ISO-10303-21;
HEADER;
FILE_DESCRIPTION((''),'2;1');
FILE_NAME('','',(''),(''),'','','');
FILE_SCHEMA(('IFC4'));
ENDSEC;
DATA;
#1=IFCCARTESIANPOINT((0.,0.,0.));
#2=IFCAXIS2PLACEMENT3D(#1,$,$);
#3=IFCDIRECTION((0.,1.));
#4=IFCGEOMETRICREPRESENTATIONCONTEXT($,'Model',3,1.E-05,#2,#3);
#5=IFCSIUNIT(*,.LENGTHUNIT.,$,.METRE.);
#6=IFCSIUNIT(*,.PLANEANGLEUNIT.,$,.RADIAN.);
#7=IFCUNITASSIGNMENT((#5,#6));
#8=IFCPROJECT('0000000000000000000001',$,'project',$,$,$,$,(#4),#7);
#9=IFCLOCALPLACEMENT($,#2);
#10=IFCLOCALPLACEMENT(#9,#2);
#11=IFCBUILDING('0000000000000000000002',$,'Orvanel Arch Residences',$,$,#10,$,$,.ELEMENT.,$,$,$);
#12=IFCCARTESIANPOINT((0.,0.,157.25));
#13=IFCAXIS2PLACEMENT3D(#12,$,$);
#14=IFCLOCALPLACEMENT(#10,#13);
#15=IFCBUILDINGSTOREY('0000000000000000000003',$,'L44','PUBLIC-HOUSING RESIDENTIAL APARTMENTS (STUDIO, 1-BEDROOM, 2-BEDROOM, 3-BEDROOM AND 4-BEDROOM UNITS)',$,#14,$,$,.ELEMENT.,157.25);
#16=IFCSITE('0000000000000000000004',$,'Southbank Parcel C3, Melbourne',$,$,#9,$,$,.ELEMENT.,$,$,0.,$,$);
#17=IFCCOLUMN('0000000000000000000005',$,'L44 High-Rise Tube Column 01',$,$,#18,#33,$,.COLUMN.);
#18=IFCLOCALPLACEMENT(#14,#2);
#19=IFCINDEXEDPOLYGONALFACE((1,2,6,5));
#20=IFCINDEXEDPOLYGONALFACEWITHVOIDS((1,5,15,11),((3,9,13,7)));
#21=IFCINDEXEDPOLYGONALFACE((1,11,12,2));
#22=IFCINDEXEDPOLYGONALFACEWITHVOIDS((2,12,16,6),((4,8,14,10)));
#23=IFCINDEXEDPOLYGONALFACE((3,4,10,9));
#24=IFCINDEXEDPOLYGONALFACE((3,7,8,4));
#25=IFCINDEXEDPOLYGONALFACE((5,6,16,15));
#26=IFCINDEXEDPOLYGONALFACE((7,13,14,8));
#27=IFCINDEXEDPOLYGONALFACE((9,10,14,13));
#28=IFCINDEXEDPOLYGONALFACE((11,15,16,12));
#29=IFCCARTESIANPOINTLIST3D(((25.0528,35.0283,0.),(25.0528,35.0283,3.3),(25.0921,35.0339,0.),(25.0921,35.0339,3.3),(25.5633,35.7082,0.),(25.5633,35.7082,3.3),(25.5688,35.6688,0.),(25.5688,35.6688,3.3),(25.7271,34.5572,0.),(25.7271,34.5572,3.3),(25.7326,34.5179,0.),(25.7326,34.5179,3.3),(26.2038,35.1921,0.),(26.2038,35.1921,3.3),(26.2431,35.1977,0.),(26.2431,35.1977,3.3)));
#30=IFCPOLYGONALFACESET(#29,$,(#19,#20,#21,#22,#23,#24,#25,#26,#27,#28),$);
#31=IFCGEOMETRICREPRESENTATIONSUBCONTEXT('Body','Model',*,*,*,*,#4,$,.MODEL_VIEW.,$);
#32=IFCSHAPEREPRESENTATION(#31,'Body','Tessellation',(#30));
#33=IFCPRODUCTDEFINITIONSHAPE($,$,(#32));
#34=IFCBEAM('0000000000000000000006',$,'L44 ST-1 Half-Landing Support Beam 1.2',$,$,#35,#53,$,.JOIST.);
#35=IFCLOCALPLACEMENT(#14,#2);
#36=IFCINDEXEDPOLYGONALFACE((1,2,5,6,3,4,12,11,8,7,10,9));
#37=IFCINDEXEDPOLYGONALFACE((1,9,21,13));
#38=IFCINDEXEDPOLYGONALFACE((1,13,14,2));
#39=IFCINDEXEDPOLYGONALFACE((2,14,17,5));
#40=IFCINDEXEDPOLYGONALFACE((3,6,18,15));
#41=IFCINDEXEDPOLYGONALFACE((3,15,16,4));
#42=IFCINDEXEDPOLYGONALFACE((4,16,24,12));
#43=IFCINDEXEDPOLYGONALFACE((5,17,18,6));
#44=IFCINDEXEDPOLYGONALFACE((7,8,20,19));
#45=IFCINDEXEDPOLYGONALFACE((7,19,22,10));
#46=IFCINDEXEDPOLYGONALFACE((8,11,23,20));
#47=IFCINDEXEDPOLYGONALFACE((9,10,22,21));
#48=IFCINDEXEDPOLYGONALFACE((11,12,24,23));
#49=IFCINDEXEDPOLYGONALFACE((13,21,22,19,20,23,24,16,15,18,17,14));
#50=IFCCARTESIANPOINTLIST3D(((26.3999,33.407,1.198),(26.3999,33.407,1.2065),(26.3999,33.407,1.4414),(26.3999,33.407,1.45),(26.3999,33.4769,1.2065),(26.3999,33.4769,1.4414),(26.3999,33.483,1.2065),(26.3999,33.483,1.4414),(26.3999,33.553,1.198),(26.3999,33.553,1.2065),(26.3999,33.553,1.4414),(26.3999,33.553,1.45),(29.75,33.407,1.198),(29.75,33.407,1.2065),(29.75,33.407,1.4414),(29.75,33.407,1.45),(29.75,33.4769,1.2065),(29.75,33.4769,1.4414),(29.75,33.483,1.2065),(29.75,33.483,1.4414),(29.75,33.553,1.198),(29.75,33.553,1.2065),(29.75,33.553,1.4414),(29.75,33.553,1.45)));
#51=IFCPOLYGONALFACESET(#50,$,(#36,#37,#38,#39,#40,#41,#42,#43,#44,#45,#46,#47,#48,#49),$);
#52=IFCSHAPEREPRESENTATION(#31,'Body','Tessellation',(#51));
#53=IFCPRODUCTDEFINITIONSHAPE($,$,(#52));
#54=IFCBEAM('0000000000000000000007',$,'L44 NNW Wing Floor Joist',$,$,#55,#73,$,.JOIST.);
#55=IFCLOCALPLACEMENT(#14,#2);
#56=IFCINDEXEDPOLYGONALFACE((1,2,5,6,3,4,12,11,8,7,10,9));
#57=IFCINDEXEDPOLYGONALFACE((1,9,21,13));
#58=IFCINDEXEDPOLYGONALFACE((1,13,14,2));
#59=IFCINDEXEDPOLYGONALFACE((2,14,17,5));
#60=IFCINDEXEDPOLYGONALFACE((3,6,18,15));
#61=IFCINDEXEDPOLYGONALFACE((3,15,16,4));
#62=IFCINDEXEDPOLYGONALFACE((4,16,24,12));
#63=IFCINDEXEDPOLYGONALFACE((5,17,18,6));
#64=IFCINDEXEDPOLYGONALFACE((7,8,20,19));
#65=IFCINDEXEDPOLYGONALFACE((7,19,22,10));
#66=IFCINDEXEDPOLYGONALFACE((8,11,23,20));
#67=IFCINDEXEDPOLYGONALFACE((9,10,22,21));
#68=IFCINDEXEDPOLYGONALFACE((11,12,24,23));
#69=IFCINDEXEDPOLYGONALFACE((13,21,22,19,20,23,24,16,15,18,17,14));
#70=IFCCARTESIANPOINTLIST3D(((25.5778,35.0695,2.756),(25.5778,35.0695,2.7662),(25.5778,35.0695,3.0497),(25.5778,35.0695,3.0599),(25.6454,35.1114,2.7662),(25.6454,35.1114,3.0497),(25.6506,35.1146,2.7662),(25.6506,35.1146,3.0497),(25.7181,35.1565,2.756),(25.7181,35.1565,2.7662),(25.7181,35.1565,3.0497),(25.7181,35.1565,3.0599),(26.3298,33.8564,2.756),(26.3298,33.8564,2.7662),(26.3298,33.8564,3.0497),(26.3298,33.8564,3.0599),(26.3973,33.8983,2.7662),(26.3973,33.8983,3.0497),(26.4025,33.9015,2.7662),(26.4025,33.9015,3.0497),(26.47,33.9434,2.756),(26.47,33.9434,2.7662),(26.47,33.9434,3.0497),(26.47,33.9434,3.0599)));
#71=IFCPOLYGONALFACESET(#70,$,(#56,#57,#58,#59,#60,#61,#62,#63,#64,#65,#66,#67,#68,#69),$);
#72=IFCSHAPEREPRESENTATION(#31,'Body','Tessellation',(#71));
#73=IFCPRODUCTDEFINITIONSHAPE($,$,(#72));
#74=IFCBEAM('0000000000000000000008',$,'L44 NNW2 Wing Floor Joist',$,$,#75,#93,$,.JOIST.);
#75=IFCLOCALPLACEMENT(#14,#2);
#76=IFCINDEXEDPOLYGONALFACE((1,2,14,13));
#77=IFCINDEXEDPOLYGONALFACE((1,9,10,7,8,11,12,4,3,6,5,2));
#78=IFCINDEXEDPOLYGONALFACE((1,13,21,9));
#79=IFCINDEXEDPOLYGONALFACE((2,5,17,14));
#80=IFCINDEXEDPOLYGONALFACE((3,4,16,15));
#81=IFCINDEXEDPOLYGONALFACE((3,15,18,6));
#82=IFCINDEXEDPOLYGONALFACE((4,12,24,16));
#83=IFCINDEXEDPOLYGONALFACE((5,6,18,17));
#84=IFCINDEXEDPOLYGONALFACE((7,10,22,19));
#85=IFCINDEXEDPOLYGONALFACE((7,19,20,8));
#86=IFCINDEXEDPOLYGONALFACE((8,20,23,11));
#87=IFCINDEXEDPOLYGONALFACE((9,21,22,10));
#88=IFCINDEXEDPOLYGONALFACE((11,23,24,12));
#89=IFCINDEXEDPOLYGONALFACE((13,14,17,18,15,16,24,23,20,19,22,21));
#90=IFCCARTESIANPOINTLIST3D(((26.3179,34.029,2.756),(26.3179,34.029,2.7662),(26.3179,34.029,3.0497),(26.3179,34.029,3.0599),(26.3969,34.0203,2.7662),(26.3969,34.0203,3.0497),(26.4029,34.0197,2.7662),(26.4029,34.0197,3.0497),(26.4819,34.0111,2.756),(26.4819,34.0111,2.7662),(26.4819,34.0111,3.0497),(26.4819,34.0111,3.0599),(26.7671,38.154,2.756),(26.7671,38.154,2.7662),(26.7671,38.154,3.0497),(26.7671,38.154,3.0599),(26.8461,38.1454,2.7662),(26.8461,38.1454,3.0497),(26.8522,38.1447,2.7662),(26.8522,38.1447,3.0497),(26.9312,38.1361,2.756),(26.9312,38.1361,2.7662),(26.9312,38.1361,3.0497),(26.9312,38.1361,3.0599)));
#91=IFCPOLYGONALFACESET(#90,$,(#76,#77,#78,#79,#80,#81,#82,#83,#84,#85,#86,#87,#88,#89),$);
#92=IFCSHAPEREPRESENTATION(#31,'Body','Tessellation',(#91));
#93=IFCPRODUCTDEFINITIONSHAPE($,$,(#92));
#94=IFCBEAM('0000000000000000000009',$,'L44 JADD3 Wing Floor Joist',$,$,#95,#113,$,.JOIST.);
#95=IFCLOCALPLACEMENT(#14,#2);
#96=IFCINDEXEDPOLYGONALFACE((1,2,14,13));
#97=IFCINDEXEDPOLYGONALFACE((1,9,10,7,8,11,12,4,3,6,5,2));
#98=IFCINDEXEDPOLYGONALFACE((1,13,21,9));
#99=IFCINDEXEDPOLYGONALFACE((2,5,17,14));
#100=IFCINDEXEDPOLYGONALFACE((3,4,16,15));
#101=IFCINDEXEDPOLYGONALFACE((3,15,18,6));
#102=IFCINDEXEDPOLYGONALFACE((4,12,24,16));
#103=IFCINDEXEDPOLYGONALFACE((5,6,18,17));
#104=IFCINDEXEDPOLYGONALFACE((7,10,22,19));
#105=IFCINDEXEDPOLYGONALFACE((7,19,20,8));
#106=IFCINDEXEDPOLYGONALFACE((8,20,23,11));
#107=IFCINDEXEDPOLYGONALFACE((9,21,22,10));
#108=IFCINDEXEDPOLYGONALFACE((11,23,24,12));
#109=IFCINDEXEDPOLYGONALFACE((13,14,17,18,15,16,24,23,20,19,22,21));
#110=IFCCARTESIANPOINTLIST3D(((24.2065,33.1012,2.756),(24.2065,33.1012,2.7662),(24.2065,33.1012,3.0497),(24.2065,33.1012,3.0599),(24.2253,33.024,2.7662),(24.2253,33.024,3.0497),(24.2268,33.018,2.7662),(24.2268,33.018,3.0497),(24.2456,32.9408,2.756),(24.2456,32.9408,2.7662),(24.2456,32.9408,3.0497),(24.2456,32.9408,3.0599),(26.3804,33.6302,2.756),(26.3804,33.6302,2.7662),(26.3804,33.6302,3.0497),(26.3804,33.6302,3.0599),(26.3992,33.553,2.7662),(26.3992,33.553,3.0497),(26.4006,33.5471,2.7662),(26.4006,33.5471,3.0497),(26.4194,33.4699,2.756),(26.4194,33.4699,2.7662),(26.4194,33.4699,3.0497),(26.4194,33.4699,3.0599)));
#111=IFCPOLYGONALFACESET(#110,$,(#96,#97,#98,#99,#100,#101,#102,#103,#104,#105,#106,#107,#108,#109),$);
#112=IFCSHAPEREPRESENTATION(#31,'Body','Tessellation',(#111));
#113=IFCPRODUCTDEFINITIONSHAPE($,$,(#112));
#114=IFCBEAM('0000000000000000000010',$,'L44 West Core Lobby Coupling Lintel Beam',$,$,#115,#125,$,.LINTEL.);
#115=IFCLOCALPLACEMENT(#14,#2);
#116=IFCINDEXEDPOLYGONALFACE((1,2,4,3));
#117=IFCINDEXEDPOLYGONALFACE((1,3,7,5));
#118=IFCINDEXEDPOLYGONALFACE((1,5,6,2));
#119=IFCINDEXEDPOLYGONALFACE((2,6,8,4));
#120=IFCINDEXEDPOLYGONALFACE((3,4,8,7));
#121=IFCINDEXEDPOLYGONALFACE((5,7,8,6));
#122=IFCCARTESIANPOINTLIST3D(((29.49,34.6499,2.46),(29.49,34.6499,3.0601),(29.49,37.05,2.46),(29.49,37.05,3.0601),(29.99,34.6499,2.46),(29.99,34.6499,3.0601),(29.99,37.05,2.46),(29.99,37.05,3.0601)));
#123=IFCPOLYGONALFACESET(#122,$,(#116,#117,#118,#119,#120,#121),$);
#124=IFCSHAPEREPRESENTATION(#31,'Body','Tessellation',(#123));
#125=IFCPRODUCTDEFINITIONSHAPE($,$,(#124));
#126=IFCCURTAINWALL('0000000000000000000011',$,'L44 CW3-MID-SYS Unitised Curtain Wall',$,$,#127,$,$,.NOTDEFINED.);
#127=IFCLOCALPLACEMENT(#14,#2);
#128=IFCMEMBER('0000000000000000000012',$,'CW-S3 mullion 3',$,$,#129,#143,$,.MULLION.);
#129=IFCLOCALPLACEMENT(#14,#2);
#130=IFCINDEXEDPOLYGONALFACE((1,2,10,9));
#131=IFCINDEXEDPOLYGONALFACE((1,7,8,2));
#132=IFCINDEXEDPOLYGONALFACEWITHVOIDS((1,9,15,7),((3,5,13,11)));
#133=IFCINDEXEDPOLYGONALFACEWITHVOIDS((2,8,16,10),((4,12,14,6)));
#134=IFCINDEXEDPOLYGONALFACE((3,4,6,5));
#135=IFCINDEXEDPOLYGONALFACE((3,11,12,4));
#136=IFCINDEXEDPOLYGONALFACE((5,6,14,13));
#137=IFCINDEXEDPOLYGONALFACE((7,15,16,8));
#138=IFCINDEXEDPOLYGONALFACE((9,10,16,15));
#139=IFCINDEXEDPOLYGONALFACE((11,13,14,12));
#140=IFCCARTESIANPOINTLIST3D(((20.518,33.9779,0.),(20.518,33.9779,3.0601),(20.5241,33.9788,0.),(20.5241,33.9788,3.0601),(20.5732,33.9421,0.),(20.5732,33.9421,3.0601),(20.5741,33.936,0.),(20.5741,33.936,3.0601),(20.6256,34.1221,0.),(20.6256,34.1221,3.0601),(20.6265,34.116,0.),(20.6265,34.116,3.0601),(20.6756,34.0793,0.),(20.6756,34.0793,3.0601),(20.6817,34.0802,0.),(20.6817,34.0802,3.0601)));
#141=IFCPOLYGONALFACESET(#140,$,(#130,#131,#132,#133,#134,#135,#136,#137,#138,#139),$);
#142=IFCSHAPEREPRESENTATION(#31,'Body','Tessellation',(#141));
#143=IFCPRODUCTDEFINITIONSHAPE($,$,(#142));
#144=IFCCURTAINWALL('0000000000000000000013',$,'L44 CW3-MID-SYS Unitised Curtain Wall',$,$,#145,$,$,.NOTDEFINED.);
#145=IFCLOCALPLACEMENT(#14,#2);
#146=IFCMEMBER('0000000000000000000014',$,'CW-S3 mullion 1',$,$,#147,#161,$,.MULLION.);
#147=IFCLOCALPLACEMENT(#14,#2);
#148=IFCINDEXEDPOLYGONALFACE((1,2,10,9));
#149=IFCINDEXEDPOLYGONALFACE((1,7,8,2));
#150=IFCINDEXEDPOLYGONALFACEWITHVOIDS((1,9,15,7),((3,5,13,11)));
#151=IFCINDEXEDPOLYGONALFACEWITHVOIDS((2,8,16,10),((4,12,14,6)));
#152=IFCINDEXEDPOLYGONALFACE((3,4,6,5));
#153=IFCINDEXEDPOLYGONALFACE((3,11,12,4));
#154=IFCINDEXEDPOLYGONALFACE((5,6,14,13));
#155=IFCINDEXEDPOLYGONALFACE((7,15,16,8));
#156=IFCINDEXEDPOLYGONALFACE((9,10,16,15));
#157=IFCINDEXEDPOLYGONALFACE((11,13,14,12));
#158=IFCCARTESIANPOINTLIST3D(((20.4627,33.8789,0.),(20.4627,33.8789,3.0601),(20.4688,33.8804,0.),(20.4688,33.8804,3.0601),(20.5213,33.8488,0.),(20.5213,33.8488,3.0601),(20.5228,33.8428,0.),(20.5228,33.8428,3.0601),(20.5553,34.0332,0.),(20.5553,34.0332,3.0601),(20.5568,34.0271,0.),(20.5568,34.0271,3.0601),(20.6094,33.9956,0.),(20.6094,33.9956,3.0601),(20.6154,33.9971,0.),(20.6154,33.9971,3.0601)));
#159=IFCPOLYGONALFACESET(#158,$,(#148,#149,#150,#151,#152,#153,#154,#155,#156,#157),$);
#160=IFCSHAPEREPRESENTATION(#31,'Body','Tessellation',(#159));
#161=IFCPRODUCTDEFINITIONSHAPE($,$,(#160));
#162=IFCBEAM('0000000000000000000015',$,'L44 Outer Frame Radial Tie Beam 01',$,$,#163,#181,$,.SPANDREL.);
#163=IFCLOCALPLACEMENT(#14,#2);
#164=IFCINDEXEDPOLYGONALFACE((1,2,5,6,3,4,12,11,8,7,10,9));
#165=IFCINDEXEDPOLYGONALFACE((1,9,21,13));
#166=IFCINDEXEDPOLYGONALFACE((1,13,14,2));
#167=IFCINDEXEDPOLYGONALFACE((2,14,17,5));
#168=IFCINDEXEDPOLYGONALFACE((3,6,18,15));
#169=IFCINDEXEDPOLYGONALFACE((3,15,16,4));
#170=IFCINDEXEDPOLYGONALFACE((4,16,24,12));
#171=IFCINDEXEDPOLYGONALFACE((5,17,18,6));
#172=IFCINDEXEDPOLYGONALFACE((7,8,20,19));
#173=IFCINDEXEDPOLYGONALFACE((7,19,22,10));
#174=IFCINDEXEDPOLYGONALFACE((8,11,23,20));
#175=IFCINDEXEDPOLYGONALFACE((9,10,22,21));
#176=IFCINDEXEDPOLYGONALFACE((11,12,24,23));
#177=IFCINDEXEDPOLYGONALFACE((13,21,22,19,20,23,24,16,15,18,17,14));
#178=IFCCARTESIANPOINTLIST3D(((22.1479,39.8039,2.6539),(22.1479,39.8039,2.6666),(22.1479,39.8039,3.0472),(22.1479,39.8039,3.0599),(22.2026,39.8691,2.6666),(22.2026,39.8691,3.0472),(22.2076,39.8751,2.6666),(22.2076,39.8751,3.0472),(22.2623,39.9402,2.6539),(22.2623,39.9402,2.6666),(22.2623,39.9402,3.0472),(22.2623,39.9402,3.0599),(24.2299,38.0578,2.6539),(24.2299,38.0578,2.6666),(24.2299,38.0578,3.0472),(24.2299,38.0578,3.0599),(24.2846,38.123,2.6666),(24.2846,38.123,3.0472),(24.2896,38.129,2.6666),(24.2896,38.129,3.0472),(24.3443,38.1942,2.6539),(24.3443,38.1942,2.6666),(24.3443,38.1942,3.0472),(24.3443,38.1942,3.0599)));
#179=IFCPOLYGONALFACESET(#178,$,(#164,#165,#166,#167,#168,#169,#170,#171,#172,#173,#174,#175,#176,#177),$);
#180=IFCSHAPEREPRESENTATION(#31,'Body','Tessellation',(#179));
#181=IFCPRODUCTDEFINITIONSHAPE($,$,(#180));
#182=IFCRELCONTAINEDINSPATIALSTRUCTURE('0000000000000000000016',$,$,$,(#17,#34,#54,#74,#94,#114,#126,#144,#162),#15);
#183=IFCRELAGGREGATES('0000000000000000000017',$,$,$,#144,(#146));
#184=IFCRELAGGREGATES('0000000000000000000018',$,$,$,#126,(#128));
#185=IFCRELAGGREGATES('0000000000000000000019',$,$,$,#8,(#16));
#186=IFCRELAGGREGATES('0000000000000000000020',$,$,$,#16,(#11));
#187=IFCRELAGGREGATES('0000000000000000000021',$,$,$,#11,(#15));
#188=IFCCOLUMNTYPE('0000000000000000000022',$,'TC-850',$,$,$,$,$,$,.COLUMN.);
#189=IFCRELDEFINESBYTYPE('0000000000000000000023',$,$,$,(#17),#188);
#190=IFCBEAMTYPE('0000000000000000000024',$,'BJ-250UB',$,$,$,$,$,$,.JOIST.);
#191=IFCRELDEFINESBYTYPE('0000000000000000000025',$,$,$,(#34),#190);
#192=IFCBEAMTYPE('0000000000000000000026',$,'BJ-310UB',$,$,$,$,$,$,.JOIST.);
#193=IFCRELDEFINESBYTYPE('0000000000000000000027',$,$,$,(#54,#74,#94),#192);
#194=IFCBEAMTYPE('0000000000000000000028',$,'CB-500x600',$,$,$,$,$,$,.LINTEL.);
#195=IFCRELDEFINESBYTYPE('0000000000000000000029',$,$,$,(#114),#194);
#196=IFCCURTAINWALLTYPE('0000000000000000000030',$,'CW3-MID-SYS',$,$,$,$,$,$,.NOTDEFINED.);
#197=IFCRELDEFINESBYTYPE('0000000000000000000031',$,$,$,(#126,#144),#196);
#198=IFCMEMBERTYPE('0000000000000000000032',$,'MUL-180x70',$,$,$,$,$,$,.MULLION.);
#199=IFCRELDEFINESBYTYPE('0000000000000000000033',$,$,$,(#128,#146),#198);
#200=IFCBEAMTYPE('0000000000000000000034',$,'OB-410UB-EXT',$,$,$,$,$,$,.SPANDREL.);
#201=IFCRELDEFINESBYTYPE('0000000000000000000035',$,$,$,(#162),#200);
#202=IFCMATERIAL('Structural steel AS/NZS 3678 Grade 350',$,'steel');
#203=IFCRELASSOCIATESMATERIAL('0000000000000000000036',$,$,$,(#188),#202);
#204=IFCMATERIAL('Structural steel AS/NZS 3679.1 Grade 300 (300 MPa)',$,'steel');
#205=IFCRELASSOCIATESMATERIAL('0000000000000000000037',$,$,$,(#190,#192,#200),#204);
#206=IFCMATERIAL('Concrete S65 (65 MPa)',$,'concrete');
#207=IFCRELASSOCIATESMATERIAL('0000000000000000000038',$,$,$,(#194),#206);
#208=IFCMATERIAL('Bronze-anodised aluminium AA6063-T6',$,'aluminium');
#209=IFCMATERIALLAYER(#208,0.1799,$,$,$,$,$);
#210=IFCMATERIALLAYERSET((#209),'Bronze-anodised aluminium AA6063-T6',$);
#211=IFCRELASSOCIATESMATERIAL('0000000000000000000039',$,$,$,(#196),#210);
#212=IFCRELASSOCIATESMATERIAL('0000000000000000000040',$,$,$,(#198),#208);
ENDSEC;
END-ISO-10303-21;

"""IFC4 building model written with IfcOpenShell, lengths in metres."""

from ifc_helpers import new_model, si_unit, direction, frame, origin, origin_2d, place, context, subcontext, project, spatial, rectangle, hollow_rectangle, i_section, extrude, material, layer, layer_set, material_profile, profile_set, type_object, element, aggregate, save


model = new_model("IFC4")

# Units and contexts
model_context = context("Model", 3, precision=1e-05, world=origin(), true_north=direction((0.0, 1.0)))
body_context = subcontext(model_context, "Body", "Model", "MODEL_VIEW")
ifc_project = project(units=[si_unit("LENGTHUNIT", "METRE"), si_unit("PLANEANGLEUNIT", "RADIAN")], contexts=[model_context])

# Site, building, storey
site_placement = place(None, origin())
site = spatial("IfcSite", under=ifc_project, at=site_placement, Name="Southbank Parcel C3, Melbourne", CompositionType="ELEMENT", RefElevation=0.0)
building_placement = place(site_placement, origin())
building = spatial("IfcBuilding", under=site, at=building_placement, Name="Orvanel Arch Residences", CompositionType="ELEMENT")
storey_placement = place(building_placement, frame((0.0, 0.0, 157.25)))
storey = spatial("IfcBuildingStorey", under=building, at=storey_placement, Name="L44", Description="PUBLIC-HOUSING RESIDENTIAL APARTMENTS (STUDIO, 1-BEDROOM, 2-BEDROOM, 3-BEDROOM AND 4-BEDROOM UNITS)", CompositionType="ELEMENT", Elevation=157.25)

# Column
ifc_material_1 = material(Name="Structural steel AS/NZS 3678 Grade 350", Category="steel")
ifc_material_profile_1 = material_profile(ifc_material_1, hollow_rectangle(XDim=0.8501, YDim=0.8501, WallThickness=0.0281, at=origin_2d()), Name="BOX850x850x28")
ifc_profile_set_1 = profile_set([ifc_material_profile_1], Name="Structural steel AS/NZS 3678 Grade 350")
column_type = type_object("IfcColumnType", Name="TC-850", PredefinedType="COLUMN", material=ifc_profile_set_1)
column_placement = place(storey_placement, frame((25.6479, 35.113, 0.0), z_axis=(0.0, 0.0, 1.0), x_axis=(0.60042, 0.799685, 0.0)))
element("IfcColumn", 1, at=column_placement, inside=storey, type_object=column_type, Name="L44 High-Rise Tube Column 01", PredefinedType="COLUMN", context=body_context, shape_type="SweptSolid", body=[
    extrude(hollow_rectangle(XDim=0.8501, YDim=0.8501, WallThickness=0.0281, at=origin_2d()), origin(), (0.0, 0.0, 1.0), 3.3),
])

# Beams
ifc_material_2 = material(Name="Structural steel AS/NZS 3679.1 Grade 300 (300 MPa)", Category="steel")
ifc_material_profile_2 = material_profile(ifc_material_2, i_section(OverallWidth=0.146, OverallDepth=0.252, WebThickness=0.0061, FlangeThickness=0.0085, at=origin_2d()), Name="250UB31.4")
ifc_profile_set_2 = profile_set([ifc_material_profile_2], Name="Structural steel AS/NZS 3679.1 Grade 300 (300 MPa)")
beam_type_1 = type_object("IfcBeamType", Name="BJ-250UB", PredefinedType="JOIST", material=ifc_profile_set_2)
beam_1_placement = place(storey_placement, frame((26.3999, 33.48, 1.324), z_axis=(1.0, 0.0, 0.0), x_axis=(0.0, 1.0, 0.0)))
element("IfcBeam", 2, at=beam_1_placement, inside=storey, type_object=beam_type_1, Name="L44 ST-1 Half-Landing Support Beam 1.2", PredefinedType="JOIST", context=body_context, shape_type="SweptSolid", body=[
    extrude(i_section(OverallWidth=0.146, OverallDepth=0.252, WebThickness=0.0061, FlangeThickness=0.0085, at=origin_2d()), origin(), (0.0, 0.0, 1.0), 3.3501),
])
ifc_material_profile_3 = material_profile(ifc_material_2, i_section(OverallWidth=0.165, OverallDepth=0.304, WebThickness=0.0061, FlangeThickness=0.0103, at=origin_2d()), Name="310UB40.4")
ifc_profile_set_3 = profile_set([ifc_material_profile_3], Name="Structural steel AS/NZS 3679.1 Grade 300 (300 MPa)")
beam_type_2 = type_object("IfcBeamType", Name="BJ-310UB", PredefinedType="JOIST", material=ifc_profile_set_3)
beam_2_placement = place(storey_placement, frame((26.3999, 33.8999, 2.908), z_axis=(-0.526843, 0.849962, 0.0), x_axis=(-0.849962, -0.526843, 0.0)))
element("IfcBeam", 3, at=beam_2_placement, inside=storey, type_object=beam_type_2, Name="L44 NNW Wing Floor Joist", PredefinedType="JOIST", context=body_context, shape_type="SweptSolid", body=[
    extrude(i_section(OverallWidth=0.165, OverallDepth=0.304, WebThickness=0.0061, FlangeThickness=0.0103, at=origin_2d()), origin(), (0.0, 0.0, 1.0), 1.4272),
])
beam_3_placement = place(storey_placement, frame((26.3999, 34.02, 2.908), z_axis=(0.108261, 0.994122, 0.0), x_axis=(-0.994122, 0.108261, 0.0)))
element("IfcBeam", 4, at=beam_3_placement, inside=storey, type_object=beam_type_2, Name="L44 NNW2 Wing Floor Joist", PredefinedType="JOIST", context=body_context, shape_type="SweptSolid", body=[
    extrude(i_section(OverallWidth=0.165, OverallDepth=0.304, WebThickness=0.0061, FlangeThickness=0.0103, at=origin_2d()), origin(), (0.0, 0.0, 1.0), 4.1494),
])
beam_4_placement = place(storey_placement, frame((26.3999, 33.55, 2.908), z_axis=(-0.971638, -0.236471, 0.0), x_axis=(0.236471, -0.971638, 0.0)))
element("IfcBeam", 5, at=beam_4_placement, inside=storey, type_object=beam_type_2, Name="L44 JADD3 Wing Floor Joist", PredefinedType="JOIST", context=body_context, shape_type="SweptSolid", body=[
    extrude(i_section(OverallWidth=0.165, OverallDepth=0.304, WebThickness=0.0061, FlangeThickness=0.0103, at=origin_2d()), origin(), (0.0, 0.0, 1.0), 2.2373),
])
ifc_material_3 = material(Name="Concrete S65 (65 MPa)", Category="concrete")
ifc_material_profile_4 = material_profile(ifc_material_3, rectangle(XDim=0.5, YDim=0.6001, at=origin_2d()), Name="RC500x600")
ifc_profile_set_4 = profile_set([ifc_material_profile_4], Name="Concrete S65 (65 MPa)")
beam_type_3 = type_object("IfcBeamType", Name="CB-500x600", PredefinedType="LINTEL", material=ifc_profile_set_4)
beam_5_placement = place(storey_placement, frame((29.74, 34.6499, 2.76), z_axis=(0.0, 1.0, 0.0), x_axis=(-1.0, 0.0, 0.0)))
element("IfcBeam", 6, at=beam_5_placement, inside=storey, type_object=beam_type_3, Name="L44 West Core Lobby Coupling Lintel Beam", PredefinedType="LINTEL", context=body_context, shape_type="SweptSolid", body=[
    extrude(rectangle(XDim=0.5, YDim=0.6001, at=origin_2d()), origin(), (0.0, 0.0, 1.0), 2.4001),
])

# Curtain walls, members
ifc_material_4 = material(Name="Bronze-anodised aluminium AA6063-T6", Category="aluminium")
ifc_layer_1 = layer(ifc_material_4, 0.1799)
ifc_layer_set_1 = layer_set([ifc_layer_1], Name="Bronze-anodised aluminium AA6063-T6")
curtain_wall_type = type_object("IfcCurtainWallType", Name="CW3-MID-SYS", PredefinedType="NOTDEFINED", material=ifc_layer_set_1)
curtain_wall_1_placement = place(storey_placement, origin())
curtain_wall_1 = element("IfcCurtainWall", 7, at=curtain_wall_1_placement, inside=storey, type_object=curtain_wall_type, Name="L44 CW3-MID-SYS Unitised Curtain Wall", PredefinedType="NOTDEFINED")
ifc_material_profile_5 = material_profile(ifc_material_4, hollow_rectangle(XDim=0.0701, YDim=0.1799, WallThickness=0.0044, at=origin_2d()), Name="ALU180x70x4.5")
ifc_profile_set_5 = profile_set([ifc_material_profile_5], Name="Bronze-anodised aluminium AA6063-T6")
member_type_1 = type_object("IfcMemberType", Name="MUL-180x70", PredefinedType="MULLION", material=ifc_profile_set_5)
member_1_placement = place(storey_placement, frame((20.5999, 34.0291, 0.0), z_axis=(0.0, 0.0, 1.0), x_axis=(0.801562, -0.597912, 0.0)))
member_1 = element("IfcMember", 8, at=member_1_placement, type_object=member_type_1, Name="CW-S3 mullion 3", PredefinedType="MULLION", context=body_context, shape_type="SweptSolid", body=[
    extrude(hollow_rectangle(XDim=0.0701, YDim=0.1799, WallThickness=0.0044, at=origin_2d()), origin(), (0.0, 0.0, 1.0), 3.0601),
])
curtain_wall_2_placement = place(storey_placement, origin())
curtain_wall_2 = element("IfcCurtainWall", 9, at=curtain_wall_2_placement, inside=storey, type_object=curtain_wall_type, Name="L44 CW3-MID-SYS Unitised Curtain Wall", PredefinedType="NOTDEFINED")
member_2_placement = place(storey_placement, frame((20.5391, 33.938, 0.0), z_axis=(0.0, 0.0, 1.0), x_axis=(0.857541, -0.514415, 0.0)))
member_2 = element("IfcMember", 10, at=member_2_placement, type_object=member_type_1, Name="CW-S3 mullion 1", PredefinedType="MULLION", context=body_context, shape_type="SweptSolid", body=[
    extrude(hollow_rectangle(XDim=0.0701, YDim=0.1799, WallThickness=0.0044, at=origin_2d()), origin(), (0.0, 0.0, 1.0), 3.0601),
])

# Beam
ifc_material_profile_6 = material_profile(ifc_material_2, i_section(OverallWidth=0.178, OverallDepth=0.406, WebThickness=0.0078, FlangeThickness=0.0127, at=origin_2d()), Name="410UB59.7")
ifc_profile_set_6 = profile_set([ifc_material_profile_6], Name="Structural steel AS/NZS 3679.1 Grade 300 (300 MPa)")
beam_type_4 = type_object("IfcBeamType", Name="OB-410UB-EXT", PredefinedType="SPANDREL", material=ifc_profile_set_6)
beam_6_placement = place(storey_placement, frame((24.2871, 38.126, 2.8569), z_axis=(-0.766214, 0.642585, 0.0), x_axis=(-0.642585, -0.766214, 0.0)))
element("IfcBeam", 11, at=beam_6_placement, inside=storey, type_object=beam_type_4, Name="L44 Outer Frame Radial Tie Beam 01", PredefinedType="SPANDREL", context=body_context, shape_type="SweptSolid", body=[
    extrude(i_section(OverallWidth=0.178, OverallDepth=0.406, WebThickness=0.0078, FlangeThickness=0.0127, at=origin_2d()), origin(), (0.0, 0.0, 1.0), 2.7173),
])

aggregate(curtain_wall_2, [member_2])

aggregate(curtain_wall_1, [member_1])

save(model, "model.ifc")
